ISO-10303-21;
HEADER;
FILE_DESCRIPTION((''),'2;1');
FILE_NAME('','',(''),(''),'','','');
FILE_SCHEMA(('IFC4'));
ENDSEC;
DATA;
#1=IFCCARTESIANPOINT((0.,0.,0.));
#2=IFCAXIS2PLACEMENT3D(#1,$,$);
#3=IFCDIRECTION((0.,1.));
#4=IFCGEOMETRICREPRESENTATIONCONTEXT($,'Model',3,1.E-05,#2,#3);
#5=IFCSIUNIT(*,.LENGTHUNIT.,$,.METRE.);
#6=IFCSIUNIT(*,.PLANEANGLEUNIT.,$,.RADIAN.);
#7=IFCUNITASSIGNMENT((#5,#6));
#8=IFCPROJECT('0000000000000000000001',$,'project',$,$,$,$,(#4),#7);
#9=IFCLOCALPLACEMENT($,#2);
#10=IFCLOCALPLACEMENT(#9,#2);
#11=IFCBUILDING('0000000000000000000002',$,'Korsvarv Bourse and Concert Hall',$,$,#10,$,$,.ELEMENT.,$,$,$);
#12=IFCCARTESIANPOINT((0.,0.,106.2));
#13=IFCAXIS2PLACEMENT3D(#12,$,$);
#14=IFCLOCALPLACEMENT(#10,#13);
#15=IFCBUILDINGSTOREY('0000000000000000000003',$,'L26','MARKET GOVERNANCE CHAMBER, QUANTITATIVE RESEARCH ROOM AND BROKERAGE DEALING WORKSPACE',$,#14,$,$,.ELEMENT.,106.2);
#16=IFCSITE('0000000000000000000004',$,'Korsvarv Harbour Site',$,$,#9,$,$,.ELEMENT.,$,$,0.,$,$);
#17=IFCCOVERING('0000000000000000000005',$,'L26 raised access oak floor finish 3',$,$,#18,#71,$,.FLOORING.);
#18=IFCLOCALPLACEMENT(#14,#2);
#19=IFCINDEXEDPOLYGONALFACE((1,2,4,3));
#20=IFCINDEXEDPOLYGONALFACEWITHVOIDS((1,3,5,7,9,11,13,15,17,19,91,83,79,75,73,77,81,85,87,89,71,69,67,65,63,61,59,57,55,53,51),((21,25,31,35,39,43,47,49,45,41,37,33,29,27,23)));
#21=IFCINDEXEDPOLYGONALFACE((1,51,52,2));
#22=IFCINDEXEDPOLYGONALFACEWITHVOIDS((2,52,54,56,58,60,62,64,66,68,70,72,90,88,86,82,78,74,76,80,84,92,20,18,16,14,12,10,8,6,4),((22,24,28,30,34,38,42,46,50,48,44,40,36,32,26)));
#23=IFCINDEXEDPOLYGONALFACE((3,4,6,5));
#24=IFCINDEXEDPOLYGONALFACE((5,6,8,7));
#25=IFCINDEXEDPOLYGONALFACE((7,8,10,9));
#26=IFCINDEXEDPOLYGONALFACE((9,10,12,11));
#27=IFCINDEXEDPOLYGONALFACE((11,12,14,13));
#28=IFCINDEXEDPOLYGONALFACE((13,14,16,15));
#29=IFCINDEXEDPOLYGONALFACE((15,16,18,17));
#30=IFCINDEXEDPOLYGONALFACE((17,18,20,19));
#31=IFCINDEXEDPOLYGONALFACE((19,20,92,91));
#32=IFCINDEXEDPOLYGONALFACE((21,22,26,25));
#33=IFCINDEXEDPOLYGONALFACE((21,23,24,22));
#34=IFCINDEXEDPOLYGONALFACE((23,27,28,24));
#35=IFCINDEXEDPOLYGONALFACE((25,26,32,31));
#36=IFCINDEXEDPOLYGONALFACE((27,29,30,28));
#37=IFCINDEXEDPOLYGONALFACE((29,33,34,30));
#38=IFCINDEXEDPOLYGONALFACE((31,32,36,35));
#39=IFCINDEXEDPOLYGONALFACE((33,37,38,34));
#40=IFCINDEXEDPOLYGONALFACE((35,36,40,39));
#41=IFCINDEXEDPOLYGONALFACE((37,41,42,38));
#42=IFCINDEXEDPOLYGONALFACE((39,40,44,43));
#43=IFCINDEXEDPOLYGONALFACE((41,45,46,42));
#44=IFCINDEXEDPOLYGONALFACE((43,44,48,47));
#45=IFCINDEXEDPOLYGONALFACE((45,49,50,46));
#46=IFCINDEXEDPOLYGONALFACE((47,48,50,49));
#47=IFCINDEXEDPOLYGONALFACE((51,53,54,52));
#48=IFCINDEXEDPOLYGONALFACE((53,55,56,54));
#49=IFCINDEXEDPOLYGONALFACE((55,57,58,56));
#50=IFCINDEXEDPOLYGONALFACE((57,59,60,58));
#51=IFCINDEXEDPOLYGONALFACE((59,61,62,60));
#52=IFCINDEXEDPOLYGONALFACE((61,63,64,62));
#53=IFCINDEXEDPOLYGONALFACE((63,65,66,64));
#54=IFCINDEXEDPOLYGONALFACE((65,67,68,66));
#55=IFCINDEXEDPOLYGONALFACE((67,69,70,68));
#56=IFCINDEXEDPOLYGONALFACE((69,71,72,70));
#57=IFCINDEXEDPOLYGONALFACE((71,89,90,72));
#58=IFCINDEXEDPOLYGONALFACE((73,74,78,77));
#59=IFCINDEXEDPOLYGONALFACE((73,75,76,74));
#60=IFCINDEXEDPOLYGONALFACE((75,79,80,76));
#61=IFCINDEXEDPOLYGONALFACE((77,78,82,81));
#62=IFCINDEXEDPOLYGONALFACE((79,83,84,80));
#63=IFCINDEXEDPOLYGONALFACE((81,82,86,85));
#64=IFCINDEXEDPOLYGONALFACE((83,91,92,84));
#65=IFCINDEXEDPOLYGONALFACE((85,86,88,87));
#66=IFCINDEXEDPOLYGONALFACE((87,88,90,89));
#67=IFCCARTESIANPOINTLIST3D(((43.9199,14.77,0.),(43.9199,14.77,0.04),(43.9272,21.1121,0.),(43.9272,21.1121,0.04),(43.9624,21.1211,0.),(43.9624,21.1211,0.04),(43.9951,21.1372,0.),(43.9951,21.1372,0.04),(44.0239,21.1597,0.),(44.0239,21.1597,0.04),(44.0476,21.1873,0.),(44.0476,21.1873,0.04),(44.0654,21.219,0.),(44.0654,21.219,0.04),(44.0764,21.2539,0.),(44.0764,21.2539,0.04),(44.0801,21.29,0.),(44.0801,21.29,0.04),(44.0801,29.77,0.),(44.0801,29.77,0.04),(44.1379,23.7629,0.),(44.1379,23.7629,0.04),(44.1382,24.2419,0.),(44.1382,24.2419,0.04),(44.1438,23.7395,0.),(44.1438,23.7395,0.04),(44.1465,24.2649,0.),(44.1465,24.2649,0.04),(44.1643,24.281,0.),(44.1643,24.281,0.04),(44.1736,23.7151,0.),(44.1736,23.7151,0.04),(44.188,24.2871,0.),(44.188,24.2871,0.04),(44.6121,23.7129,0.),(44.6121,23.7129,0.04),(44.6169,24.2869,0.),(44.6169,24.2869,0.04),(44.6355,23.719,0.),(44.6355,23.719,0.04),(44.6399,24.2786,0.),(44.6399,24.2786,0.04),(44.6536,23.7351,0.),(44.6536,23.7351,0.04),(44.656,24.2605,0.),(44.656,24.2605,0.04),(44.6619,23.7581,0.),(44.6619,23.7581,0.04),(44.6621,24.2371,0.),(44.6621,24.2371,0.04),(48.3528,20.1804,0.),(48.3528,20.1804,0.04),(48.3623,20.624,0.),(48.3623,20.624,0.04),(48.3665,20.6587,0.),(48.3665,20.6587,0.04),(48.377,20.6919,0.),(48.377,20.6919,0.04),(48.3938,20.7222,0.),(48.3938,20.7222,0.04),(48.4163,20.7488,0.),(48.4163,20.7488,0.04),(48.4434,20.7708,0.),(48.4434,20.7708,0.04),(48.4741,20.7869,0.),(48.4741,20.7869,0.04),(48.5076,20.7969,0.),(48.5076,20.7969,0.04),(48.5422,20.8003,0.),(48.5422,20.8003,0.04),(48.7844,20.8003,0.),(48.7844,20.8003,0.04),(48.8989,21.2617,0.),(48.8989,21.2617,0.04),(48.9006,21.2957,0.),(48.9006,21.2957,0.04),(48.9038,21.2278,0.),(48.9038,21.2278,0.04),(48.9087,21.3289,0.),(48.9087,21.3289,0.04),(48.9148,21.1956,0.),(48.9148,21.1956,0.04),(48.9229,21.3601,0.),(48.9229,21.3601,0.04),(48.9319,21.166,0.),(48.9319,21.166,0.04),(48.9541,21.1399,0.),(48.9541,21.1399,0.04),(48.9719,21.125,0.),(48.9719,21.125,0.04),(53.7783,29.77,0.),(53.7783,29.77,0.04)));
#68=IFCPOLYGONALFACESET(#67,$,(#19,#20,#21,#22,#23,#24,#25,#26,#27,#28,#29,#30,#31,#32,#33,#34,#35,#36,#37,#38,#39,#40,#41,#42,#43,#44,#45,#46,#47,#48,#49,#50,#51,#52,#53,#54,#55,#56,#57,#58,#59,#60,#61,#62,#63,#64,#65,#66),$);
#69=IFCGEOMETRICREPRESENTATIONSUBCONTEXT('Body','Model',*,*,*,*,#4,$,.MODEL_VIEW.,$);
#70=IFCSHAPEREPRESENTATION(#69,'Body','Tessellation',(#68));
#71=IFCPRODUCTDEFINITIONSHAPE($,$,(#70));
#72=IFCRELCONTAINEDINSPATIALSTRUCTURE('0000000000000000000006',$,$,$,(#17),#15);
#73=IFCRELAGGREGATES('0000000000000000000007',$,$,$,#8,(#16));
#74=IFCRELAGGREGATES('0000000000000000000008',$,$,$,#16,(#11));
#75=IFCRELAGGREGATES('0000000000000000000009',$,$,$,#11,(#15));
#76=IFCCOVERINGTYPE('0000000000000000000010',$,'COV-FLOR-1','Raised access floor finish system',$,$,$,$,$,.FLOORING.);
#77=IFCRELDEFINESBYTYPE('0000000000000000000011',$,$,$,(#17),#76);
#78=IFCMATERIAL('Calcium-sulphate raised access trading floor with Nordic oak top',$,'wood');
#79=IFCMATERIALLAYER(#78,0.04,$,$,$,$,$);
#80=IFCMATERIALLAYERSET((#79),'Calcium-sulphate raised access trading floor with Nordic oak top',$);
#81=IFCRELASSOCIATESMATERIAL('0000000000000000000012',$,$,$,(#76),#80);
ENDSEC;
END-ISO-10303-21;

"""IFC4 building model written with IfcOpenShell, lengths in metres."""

from ifc_helpers import new_model, si_unit, direction, frame, origin, place, context, subcontext, project, spatial, polyline, outline, extrude, material, layer, layer_set, type_object, element, save


model = new_model("IFC4")

# Units and contexts
model_context = context("Model", 3, precision=1e-05, world=origin(), true_north=direction((0.0, 1.0)))
body_context = subcontext(model_context, "Body", "Model", "MODEL_VIEW")
ifc_project = project(units=[si_unit("LENGTHUNIT", "METRE"), si_unit("PLANEANGLEUNIT", "RADIAN")], contexts=[model_context])

# Site, building, storey
site_placement = place(None, origin())
site = spatial("IfcSite", under=ifc_project, at=site_placement, Name="Korsvarv Harbour Site", CompositionType="ELEMENT", RefElevation=0.0)
building_placement = place(site_placement, origin())
building = spatial("IfcBuilding", under=site, at=building_placement, Name="Korsvarv Bourse and Concert Hall", CompositionType="ELEMENT")
storey_placement = place(building_placement, frame((0.0, 0.0, 106.2)))
storey = spatial("IfcBuildingStorey", under=building, at=storey_placement, Name="L26", Description="MARKET GOVERNANCE CHAMBER, QUANTITATIVE RESEARCH ROOM AND BROKERAGE DEALING WORKSPACE", CompositionType="ELEMENT", Elevation=106.2)

# Covering
ifc_material_1 = material(Name="Calcium-sulphate raised access trading floor with Nordic oak top", Category="wood")
ifc_layer_1 = layer(ifc_material_1, 0.04)
ifc_layer_set_1 = layer_set([ifc_layer_1], Name="Calcium-sulphate raised access trading floor with Nordic oak top")
covering_type_1 = type_object("IfcCoveringType", Name="COV-FLOR-1", Description="Raised access floor finish system", PredefinedType="FLOORING", material=ifc_layer_set_1)
covering_1_placement = place(storey_placement, origin())
element("IfcCovering", 1, at=covering_1_placement, inside=storey, type_object=covering_type_1, Name="L26 raised access oak floor finish 3", PredefinedType="FLOORING", context=body_context, shape_type="SweptSolid", body=[
    extrude(outline(polyline([(43.9272, 21.1121), (43.9624, 21.1211), (43.9951, 21.1372), (44.0239, 21.1597), (44.0476, 21.1873), (44.0654, 21.219), (44.0764, 21.2539), (44.0801, 21.29), (44.0801, 29.77), (53.7783, 29.77), (48.9229, 21.3601), (48.9087, 21.3289), (48.9006, 21.2957), (48.8989, 21.2617), (48.9038, 21.2278), (48.9148, 21.1956), (48.9319, 21.166), (48.9541, 21.1399), (48.9719, 21.125), (48.7844, 20.8003), (48.5422, 20.8003), (48.5076, 20.7969), (48.4741, 20.7869), (48.4434, 20.7708), (48.4163, 20.7488), (48.3938, 20.7222), (48.377, 20.6919), (48.3665, 20.6587), (48.3623, 20.624), (48.3528, 20.1804), (43.9199, 14.77), (43.9272, 21.1121)]), holes=[polyline([(44.1736, 23.7151), (44.6121, 23.7129), (44.6355, 23.719), (44.6536, 23.7351), (44.6619, 23.7581), (44.6621, 24.2371), (44.656, 24.2605), (44.6399, 24.2786), (44.6169, 24.2869), (44.188, 24.2871), (44.1643, 24.281), (44.1465, 24.2649), (44.1382, 24.2419), (44.1379, 23.7629), (44.1438, 23.7395), (44.1736, 23.7151)])]), origin(), (0.0, 0.0, 1.0), 0.04),
])

save(model, "model.ifc")
